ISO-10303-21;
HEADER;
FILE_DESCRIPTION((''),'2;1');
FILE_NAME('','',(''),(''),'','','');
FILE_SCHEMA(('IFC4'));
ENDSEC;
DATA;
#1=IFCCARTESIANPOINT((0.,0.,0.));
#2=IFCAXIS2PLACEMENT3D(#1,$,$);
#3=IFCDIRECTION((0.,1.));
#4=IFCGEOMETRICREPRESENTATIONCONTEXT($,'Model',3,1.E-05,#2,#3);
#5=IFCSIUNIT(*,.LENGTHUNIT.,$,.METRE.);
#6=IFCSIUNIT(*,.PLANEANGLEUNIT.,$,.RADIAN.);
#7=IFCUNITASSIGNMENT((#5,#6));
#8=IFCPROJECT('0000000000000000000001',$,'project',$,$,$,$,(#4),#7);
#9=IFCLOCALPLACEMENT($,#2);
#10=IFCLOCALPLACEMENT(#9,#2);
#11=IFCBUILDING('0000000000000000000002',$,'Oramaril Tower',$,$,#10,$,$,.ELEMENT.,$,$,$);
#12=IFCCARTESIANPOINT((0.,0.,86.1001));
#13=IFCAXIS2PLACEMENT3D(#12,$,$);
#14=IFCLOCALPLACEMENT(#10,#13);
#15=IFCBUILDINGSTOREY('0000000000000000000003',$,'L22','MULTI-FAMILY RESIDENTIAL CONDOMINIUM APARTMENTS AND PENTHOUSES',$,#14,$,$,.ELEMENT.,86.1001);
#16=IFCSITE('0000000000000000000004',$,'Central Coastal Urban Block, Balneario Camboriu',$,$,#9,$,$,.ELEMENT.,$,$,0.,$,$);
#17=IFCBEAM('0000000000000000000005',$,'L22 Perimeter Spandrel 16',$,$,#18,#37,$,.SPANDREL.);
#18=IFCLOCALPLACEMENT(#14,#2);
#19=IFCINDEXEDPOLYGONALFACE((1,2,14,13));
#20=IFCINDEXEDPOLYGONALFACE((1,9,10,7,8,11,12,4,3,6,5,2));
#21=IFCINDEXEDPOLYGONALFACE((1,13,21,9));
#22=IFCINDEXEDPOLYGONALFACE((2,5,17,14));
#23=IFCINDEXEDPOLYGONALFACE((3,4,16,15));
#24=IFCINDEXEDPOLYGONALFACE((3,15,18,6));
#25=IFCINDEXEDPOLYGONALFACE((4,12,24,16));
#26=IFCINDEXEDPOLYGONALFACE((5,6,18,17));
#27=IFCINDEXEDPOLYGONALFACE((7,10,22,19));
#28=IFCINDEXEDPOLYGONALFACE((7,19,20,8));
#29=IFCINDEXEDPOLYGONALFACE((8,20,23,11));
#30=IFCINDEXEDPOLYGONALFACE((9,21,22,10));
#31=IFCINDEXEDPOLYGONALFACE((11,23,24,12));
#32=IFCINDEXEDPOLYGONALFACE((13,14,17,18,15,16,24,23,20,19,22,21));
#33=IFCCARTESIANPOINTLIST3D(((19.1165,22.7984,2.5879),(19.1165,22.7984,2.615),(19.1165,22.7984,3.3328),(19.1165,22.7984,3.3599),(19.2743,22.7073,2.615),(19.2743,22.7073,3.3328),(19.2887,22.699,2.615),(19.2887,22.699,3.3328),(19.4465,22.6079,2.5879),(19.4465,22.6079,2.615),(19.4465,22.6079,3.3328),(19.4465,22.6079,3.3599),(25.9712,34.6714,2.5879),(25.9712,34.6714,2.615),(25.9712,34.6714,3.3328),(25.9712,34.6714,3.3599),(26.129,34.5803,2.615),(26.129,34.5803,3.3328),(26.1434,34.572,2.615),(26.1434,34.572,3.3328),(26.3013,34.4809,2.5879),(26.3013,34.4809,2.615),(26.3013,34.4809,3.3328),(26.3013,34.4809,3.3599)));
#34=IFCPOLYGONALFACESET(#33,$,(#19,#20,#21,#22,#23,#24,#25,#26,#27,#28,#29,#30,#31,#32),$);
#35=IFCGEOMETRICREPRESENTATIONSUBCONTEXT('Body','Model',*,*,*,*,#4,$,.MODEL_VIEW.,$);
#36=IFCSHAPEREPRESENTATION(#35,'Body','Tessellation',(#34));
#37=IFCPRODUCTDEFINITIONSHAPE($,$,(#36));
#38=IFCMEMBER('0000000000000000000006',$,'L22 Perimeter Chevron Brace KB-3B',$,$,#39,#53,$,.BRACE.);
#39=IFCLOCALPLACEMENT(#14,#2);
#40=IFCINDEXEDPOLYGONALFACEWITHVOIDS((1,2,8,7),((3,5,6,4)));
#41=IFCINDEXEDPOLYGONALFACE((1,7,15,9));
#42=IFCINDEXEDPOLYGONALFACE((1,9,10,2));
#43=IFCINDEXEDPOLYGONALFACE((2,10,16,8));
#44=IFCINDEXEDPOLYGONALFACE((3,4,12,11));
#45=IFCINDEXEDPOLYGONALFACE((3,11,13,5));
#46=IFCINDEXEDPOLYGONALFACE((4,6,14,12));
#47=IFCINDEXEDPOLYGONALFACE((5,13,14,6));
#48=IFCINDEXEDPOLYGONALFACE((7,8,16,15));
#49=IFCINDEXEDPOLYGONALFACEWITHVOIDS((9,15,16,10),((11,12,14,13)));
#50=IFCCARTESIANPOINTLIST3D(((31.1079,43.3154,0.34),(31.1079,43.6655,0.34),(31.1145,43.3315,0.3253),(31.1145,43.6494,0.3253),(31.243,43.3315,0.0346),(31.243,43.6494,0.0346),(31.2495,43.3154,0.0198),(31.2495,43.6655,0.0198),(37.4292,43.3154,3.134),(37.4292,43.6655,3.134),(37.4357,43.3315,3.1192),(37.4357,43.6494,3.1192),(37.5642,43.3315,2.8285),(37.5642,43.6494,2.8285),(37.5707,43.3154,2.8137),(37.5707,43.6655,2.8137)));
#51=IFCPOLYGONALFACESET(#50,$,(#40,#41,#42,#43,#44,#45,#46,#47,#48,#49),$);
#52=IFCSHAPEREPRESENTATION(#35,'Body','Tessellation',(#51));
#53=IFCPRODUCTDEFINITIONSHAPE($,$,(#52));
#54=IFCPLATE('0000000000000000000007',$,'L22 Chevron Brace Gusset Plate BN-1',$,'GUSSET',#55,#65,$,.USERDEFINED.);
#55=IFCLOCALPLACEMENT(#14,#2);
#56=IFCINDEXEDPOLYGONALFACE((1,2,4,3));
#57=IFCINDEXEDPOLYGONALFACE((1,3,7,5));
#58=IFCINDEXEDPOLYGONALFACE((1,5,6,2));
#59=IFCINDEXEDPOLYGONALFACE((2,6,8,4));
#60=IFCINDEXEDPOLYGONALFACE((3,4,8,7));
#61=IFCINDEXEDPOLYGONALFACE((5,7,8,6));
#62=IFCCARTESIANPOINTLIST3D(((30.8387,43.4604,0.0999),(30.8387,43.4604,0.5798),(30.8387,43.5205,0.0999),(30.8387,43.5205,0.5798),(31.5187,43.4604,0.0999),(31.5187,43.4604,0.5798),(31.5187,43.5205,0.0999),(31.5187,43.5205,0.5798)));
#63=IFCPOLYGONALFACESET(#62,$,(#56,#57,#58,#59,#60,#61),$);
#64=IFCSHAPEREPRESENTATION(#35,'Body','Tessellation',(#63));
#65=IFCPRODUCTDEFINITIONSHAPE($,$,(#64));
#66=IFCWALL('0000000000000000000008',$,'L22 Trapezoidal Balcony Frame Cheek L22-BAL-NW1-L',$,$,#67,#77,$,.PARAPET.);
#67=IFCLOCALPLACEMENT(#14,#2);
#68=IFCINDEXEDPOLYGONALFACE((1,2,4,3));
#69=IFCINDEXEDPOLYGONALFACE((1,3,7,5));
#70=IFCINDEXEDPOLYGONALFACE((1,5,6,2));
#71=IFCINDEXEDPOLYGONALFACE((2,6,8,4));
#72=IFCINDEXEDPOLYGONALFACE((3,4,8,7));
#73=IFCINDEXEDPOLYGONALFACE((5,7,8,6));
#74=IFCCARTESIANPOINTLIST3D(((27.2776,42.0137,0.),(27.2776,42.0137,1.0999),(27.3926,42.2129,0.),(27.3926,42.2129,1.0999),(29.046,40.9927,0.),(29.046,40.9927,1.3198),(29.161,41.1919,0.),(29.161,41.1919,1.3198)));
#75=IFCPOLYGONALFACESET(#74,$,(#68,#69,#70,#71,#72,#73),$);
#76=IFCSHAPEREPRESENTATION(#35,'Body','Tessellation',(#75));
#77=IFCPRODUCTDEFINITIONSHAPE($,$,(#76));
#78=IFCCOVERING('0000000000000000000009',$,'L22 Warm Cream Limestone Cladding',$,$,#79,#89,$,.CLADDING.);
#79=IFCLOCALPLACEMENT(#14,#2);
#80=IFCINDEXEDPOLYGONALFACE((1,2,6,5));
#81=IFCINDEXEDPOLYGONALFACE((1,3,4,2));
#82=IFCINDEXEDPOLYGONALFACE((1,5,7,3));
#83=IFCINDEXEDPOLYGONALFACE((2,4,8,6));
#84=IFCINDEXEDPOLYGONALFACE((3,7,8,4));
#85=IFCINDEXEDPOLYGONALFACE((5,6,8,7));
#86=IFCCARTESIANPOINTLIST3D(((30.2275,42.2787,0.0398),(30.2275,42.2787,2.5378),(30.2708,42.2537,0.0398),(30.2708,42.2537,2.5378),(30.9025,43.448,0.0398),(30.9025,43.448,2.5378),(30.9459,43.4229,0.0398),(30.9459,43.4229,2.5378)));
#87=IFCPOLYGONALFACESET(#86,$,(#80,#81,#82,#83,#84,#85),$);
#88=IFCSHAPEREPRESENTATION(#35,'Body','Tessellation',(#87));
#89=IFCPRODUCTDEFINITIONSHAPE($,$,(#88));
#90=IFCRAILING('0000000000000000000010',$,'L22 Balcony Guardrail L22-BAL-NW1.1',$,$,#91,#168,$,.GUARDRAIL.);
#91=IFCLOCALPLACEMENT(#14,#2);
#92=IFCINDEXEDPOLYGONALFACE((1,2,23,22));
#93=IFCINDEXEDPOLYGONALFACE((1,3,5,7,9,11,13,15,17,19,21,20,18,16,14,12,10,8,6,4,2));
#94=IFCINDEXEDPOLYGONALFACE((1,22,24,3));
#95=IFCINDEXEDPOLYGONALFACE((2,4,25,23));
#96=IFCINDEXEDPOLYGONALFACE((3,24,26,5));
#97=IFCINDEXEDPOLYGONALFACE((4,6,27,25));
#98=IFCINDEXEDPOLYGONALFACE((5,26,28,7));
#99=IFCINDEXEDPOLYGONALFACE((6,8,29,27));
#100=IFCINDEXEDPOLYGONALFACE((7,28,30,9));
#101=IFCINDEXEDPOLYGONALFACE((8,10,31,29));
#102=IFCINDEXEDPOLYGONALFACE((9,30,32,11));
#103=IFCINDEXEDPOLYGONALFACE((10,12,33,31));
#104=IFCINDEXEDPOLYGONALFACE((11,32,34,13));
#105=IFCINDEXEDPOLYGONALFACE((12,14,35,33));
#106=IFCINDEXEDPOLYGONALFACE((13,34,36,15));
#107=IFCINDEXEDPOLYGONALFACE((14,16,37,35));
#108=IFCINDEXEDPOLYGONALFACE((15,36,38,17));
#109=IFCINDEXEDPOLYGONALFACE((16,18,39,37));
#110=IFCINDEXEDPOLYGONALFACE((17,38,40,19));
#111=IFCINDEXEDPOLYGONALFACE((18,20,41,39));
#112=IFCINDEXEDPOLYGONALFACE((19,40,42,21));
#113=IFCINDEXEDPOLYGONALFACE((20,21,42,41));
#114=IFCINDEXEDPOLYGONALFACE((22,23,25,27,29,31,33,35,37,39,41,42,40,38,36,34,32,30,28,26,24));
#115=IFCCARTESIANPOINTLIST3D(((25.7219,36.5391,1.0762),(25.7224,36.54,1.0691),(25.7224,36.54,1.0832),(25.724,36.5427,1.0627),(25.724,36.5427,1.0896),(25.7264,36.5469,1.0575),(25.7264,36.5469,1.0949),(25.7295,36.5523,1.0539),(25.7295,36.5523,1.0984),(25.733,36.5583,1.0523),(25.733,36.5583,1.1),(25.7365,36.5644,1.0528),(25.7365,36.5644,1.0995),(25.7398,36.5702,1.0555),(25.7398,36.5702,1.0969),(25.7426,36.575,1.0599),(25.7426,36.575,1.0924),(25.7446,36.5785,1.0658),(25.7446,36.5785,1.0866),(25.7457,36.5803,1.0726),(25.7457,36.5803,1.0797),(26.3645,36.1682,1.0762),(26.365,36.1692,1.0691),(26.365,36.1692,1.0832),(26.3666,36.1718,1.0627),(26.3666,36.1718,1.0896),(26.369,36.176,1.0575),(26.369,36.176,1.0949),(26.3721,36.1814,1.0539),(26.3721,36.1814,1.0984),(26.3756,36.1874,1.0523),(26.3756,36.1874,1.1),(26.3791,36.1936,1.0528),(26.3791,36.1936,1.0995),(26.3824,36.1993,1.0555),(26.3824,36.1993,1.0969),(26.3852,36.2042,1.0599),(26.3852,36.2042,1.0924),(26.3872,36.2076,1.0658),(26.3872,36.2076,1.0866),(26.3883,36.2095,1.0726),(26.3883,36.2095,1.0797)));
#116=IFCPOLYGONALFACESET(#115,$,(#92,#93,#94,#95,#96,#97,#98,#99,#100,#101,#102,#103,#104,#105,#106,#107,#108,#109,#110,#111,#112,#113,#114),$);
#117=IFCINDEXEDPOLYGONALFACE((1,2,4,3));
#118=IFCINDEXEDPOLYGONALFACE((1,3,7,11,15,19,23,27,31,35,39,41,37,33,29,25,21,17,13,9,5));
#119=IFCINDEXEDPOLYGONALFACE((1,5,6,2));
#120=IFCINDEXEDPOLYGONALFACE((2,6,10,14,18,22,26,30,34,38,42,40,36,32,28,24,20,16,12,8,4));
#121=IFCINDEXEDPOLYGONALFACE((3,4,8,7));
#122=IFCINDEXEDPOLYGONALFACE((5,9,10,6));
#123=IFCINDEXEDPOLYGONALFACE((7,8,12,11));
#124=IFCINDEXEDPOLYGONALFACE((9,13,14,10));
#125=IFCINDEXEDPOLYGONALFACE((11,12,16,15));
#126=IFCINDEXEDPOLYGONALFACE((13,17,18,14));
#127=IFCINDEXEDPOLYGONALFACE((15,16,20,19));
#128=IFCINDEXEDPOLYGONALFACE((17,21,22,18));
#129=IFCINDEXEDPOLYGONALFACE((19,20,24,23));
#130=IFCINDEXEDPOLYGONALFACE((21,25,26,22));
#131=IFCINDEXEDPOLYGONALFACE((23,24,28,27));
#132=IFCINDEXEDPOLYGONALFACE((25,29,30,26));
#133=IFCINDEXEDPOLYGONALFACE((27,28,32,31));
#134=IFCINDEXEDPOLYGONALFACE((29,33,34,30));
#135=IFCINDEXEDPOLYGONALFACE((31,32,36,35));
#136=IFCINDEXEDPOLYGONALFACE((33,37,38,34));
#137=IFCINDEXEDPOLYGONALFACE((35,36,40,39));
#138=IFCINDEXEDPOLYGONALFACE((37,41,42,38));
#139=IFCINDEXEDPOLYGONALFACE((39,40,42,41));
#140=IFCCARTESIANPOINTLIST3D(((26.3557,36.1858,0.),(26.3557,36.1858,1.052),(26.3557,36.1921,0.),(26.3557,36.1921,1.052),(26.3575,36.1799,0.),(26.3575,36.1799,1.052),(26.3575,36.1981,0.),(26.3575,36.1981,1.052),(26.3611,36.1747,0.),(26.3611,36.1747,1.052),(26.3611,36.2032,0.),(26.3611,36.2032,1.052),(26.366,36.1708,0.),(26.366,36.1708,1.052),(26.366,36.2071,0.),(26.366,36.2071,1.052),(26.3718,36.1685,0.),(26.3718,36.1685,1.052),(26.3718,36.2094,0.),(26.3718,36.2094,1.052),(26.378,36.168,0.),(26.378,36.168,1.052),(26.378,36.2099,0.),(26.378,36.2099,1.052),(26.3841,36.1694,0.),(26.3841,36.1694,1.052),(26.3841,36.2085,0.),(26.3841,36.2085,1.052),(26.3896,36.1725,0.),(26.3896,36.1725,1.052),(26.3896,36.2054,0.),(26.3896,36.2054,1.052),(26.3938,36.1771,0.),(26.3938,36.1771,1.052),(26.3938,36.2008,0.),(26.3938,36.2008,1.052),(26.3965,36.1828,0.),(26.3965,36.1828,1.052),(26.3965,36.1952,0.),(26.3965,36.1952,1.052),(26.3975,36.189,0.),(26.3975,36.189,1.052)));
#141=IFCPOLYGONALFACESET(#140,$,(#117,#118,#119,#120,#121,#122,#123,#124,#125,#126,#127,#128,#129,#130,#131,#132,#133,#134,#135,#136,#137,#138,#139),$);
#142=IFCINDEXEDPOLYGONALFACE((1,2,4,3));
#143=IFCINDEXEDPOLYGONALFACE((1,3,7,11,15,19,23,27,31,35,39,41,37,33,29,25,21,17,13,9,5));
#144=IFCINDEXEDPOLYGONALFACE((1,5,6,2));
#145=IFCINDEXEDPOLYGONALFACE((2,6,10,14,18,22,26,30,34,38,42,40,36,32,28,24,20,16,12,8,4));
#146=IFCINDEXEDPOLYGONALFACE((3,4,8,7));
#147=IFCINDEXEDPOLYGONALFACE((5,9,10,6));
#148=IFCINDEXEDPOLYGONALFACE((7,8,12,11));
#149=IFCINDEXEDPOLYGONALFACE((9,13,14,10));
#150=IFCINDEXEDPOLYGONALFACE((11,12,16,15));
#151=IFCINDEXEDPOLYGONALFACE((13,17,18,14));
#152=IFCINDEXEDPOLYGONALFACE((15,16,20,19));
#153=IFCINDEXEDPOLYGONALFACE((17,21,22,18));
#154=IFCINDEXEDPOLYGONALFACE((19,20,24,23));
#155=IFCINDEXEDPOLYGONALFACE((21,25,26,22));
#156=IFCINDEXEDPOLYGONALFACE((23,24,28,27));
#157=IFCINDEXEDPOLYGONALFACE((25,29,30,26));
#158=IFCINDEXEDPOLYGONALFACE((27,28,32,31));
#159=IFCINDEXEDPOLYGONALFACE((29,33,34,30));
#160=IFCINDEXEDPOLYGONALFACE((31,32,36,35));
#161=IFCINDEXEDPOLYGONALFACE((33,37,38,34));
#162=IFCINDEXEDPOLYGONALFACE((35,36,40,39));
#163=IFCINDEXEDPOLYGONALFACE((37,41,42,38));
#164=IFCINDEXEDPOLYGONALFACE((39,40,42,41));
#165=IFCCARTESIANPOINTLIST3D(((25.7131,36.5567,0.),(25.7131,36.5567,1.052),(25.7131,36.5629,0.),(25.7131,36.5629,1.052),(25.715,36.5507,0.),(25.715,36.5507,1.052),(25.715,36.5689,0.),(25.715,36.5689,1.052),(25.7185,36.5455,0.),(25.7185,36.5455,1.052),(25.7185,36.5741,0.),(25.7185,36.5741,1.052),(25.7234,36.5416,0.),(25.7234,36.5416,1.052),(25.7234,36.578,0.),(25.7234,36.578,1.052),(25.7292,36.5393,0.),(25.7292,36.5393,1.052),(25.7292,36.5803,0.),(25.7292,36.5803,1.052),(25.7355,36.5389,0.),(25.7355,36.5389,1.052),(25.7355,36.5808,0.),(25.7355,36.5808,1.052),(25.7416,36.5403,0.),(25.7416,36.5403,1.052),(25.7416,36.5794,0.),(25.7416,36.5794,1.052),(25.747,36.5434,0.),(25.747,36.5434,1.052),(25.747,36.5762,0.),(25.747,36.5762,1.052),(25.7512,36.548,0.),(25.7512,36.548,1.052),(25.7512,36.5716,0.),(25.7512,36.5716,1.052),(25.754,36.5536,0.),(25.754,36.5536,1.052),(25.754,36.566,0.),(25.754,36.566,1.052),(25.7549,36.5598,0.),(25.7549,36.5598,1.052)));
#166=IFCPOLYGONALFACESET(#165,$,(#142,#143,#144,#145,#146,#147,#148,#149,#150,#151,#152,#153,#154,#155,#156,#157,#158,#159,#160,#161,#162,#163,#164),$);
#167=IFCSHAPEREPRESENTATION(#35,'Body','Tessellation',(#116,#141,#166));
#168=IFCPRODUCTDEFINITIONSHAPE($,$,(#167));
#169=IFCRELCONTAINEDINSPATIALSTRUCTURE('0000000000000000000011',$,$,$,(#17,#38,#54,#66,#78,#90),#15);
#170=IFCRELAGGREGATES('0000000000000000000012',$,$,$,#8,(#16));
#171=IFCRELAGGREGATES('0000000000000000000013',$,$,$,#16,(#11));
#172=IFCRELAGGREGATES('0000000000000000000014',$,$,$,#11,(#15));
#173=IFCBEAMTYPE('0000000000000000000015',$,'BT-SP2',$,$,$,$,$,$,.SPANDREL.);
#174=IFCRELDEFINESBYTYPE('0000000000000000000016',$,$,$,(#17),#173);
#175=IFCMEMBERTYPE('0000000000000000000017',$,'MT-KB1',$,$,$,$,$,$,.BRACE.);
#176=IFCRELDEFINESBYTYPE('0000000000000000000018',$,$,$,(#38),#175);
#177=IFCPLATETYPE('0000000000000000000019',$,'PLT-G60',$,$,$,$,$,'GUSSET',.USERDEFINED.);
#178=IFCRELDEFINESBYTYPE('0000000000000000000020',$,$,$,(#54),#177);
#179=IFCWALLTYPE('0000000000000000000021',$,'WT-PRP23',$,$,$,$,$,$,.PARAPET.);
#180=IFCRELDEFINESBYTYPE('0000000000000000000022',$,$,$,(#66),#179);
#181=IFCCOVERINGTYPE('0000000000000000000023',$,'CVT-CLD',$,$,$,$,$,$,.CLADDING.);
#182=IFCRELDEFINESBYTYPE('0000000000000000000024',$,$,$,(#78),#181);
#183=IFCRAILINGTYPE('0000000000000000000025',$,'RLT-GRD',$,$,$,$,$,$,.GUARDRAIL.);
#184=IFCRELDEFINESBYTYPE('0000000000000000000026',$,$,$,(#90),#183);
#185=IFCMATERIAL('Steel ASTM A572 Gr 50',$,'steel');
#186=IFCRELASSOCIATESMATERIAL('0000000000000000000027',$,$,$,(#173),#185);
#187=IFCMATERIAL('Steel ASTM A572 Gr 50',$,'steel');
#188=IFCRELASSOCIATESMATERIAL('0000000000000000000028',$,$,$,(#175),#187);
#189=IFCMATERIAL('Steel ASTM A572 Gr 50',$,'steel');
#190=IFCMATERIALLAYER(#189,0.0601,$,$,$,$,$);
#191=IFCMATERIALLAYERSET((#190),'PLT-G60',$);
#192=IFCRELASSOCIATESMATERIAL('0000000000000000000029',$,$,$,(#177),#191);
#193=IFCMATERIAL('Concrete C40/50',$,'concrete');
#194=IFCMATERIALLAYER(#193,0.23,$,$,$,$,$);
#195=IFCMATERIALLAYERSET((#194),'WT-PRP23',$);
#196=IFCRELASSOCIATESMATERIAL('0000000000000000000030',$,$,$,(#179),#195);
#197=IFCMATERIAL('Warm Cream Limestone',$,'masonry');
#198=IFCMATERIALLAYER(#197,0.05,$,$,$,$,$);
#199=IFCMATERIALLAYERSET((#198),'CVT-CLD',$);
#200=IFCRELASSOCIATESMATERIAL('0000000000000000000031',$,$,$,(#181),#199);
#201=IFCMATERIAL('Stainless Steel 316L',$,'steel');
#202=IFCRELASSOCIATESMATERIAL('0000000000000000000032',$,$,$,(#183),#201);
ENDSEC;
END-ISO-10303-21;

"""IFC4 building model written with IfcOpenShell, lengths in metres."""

from ifc_helpers import new_model, si_unit, direction, frame, origin, origin_2d, place, context, subcontext, project, spatial, polyline, rectangle, hollow_rectangle, circle, i_section, outline, extrude, material, layer, layer_set, material_profile, profile_set, type_object, element, save


model = new_model("IFC4")

# Units and contexts
model_context = context("Model", 3, precision=1e-05, world=origin(), true_north=direction((0.0, 1.0)))
body_context = subcontext(model_context, "Body", "Model", "MODEL_VIEW")
ifc_project = project(units=[si_unit("LENGTHUNIT", "METRE"), si_unit("PLANEANGLEUNIT", "RADIAN")], contexts=[model_context])

# Site, building, storey
site_placement = place(None, origin())
site = spatial("IfcSite", under=ifc_project, at=site_placement, Name="Central Coastal Urban Block, Balneario Camboriu", CompositionType="ELEMENT", RefElevation=0.0)
building_placement = place(site_placement, origin())
building = spatial("IfcBuilding", under=site, at=building_placement, Name="Oramaril Tower", CompositionType="ELEMENT")
storey_placement = place(building_placement, frame((0.0, 0.0, 86.1001)))
storey = spatial("IfcBuildingStorey", under=building, at=storey_placement, Name="L22", Description="MULTI-FAMILY RESIDENTIAL CONDOMINIUM APARTMENTS AND PENTHOUSES", CompositionType="ELEMENT", Elevation=86.1001)

# Beam
ifc_material_1 = material(Name="Steel ASTM A572 Gr 50", Category="steel")
ifc_material_profile_1 = material_profile(ifc_material_1, i_section(OverallWidth=0.3811, OverallDepth=0.772, WebThickness=0.0166, FlangeThickness=0.0271, at=origin_2d()), Name="W30X173")
ifc_profile_set_1 = profile_set([ifc_material_profile_1], Name="Steel ASTM A572 Gr 50")
beam_type_1 = type_object("IfcBeamType", Name="BT-SP2", PredefinedType="SPANDREL", material=ifc_profile_set_1)
beam_1_placement = place(storey_placement, frame((26.1362, 34.5762, 2.9739), z_axis=(-0.499991, -0.866031, 0.0), x_axis=(0.866031, -0.499991, 0.0)))
element("IfcBeam", 1, at=beam_1_placement, inside=storey, type_object=beam_type_1, Name="L22 Perimeter Spandrel 16", PredefinedType="SPANDREL", context=body_context, shape_type="SweptSolid", body=[
    extrude(i_section(OverallWidth=0.3811, OverallDepth=0.772, WebThickness=0.0166, FlangeThickness=0.0271, at=origin_2d()), origin(), (0.0, 0.0, 1.0), 13.7097),
])

# Member
ifc_material_2 = material(Name="Steel ASTM A572 Gr 50", Category="steel")
ifc_material_profile_2 = material_profile(ifc_material_2, hollow_rectangle(XDim=0.3501, YDim=0.3501, WallThickness=0.0161, at=origin_2d()), Name="HSS350X350X16")
ifc_profile_set_2 = profile_set([ifc_material_profile_2], Name="Steel ASTM A572 Gr 50")
member_type = type_object("IfcMemberType", Name="MT-KB1", PredefinedType="BRACE", material=ifc_profile_set_2)
member_placement = place(storey_placement, frame((31.1787, 43.4905, 0.1799), z_axis=(0.914643, 0.0, 0.404263), x_axis=(0.0, 1.0, 0.0)))
element("IfcMember", 2, at=member_placement, inside=storey, type_object=member_type, Name="L22 Perimeter Chevron Brace KB-3B", PredefinedType="BRACE", context=body_context, shape_type="SweptSolid", body=[
    extrude(hollow_rectangle(XDim=0.3501, YDim=0.3501, WallThickness=0.0161, at=origin_2d()), origin(), (0.0, 0.0, 1.0), 6.9111),
])

# Plate
ifc_material_3 = material(Name="Steel ASTM A572 Gr 50", Category="steel")
ifc_layer_1 = layer(ifc_material_3, 0.0601)
ifc_layer_set_1 = layer_set([ifc_layer_1], Name="PLT-G60")
plate_type = type_object("IfcPlateType", Name="PLT-G60", ElementType="GUSSET", PredefinedType="USERDEFINED", material=ifc_layer_set_1)
plate_placement = place(storey_placement, frame((31.1787, 43.4905, 0.0999), z_axis=(0.0, 0.0, 1.0), x_axis=(-1.0, 0.0, 0.0)))
element("IfcPlate", 3, at=plate_placement, inside=storey, type_object=plate_type, Name="L22 Chevron Brace Gusset Plate BN-1", ObjectType="GUSSET", PredefinedType="USERDEFINED", context=body_context, shape_type="SweptSolid", body=[
    extrude(rectangle(XDim=0.6799, YDim=0.0601, at=origin_2d()), origin(), (0.0, 0.0, 1.0), 0.48),
])

# Wall
ifc_material_4 = material(Name="Concrete C40/50", Category="concrete")
ifc_layer_2 = layer(ifc_material_4, 0.23)
ifc_layer_set_2 = layer_set([ifc_layer_2], Name="WT-PRP23")
wall_type_1 = type_object("IfcWallType", Name="WT-PRP23", PredefinedType="PARAPET", material=ifc_layer_set_2)
wall_1_placement = place(storey_placement, frame((29.1035, 41.0923, 0.0), z_axis=(0.0, 0.0, 1.0), x_axis=(-0.866012, 0.500023, 0.0)))
element("IfcWall", 4, at=wall_1_placement, inside=storey, type_object=wall_type_1, Name="L22 Trapezoidal Balcony Frame Cheek L22-BAL-NW1-L", PredefinedType="PARAPET", context=body_context, shape_type="SweptSolid", body=[
    extrude(outline(polyline([(0.0, 0.0), (2.042, 0.0), (2.042, 1.0999), (0.0, 1.3198), (0.0, 0.0)])), frame((0.0, 0.115, 0.0), z_axis=(0.0, -1.0, 0.0), x_axis=(1.0, 0.0, 0.0)), (0.0, 0.0, 1.0), 0.23),
])

# Covering
ifc_material_5 = material(Name="Warm Cream Limestone", Category="masonry")
ifc_layer_3 = layer(ifc_material_5, 0.05)
ifc_layer_set_3 = layer_set([ifc_layer_3], Name="CVT-CLD")
covering_type = type_object("IfcCoveringType", Name="CVT-CLD", PredefinedType="CLADDING", material=ifc_layer_set_3)
covering_placement = place(storey_placement, frame((30.5867, 42.8508, 0.0398), z_axis=(0.0, 0.0, 1.0), x_axis=(-0.5, -0.866025, 0.0)))
element("IfcCovering", 5, at=covering_placement, inside=storey, type_object=covering_type, Name="L22 Warm Cream Limestone Cladding", PredefinedType="CLADDING", context=body_context, shape_type="SweptSolid", body=[
    extrude(rectangle(XDim=1.3501, YDim=0.05, at=origin_2d()), origin(), (0.0, 0.0, 1.0), 2.498),
])

# Railing
ifc_material_6 = material(Name="Stainless Steel 316L", Category="steel")
railing_type = type_object("IfcRailingType", Name="RLT-GRD", PredefinedType="GUARDRAIL", material=ifc_material_6)
railing_1_placement = place(storey_placement, frame((26.3765, 36.189, 0.0)))
element("IfcRailing", 6, at=railing_1_placement, inside=storey, type_object=railing_type, Name="L22 Balcony Guardrail L22-BAL-NW1.1", PredefinedType="GUARDRAIL", context=body_context, shape_type="SweptSolid", body=[
    extrude(circle(Radius=0.0239, at=origin_2d()), frame((0.0, 0.0, 1.0762), z_axis=(-0.866109, 0.499855, 0.0), x_axis=(-0.499855, -0.866109, 0.0)), (0.0, 0.0, 1.0), 0.7419),
    extrude(circle(Radius=0.021, at=origin_2d()), origin(), (0.0, 0.0, 1.0), 1.052),
    extrude(circle(Radius=0.021, at=origin_2d()), frame((-0.6426, 0.3708, 0.0)), (0.0, 0.0, 1.0), 1.052),
])

save(model, "model.ifc")
